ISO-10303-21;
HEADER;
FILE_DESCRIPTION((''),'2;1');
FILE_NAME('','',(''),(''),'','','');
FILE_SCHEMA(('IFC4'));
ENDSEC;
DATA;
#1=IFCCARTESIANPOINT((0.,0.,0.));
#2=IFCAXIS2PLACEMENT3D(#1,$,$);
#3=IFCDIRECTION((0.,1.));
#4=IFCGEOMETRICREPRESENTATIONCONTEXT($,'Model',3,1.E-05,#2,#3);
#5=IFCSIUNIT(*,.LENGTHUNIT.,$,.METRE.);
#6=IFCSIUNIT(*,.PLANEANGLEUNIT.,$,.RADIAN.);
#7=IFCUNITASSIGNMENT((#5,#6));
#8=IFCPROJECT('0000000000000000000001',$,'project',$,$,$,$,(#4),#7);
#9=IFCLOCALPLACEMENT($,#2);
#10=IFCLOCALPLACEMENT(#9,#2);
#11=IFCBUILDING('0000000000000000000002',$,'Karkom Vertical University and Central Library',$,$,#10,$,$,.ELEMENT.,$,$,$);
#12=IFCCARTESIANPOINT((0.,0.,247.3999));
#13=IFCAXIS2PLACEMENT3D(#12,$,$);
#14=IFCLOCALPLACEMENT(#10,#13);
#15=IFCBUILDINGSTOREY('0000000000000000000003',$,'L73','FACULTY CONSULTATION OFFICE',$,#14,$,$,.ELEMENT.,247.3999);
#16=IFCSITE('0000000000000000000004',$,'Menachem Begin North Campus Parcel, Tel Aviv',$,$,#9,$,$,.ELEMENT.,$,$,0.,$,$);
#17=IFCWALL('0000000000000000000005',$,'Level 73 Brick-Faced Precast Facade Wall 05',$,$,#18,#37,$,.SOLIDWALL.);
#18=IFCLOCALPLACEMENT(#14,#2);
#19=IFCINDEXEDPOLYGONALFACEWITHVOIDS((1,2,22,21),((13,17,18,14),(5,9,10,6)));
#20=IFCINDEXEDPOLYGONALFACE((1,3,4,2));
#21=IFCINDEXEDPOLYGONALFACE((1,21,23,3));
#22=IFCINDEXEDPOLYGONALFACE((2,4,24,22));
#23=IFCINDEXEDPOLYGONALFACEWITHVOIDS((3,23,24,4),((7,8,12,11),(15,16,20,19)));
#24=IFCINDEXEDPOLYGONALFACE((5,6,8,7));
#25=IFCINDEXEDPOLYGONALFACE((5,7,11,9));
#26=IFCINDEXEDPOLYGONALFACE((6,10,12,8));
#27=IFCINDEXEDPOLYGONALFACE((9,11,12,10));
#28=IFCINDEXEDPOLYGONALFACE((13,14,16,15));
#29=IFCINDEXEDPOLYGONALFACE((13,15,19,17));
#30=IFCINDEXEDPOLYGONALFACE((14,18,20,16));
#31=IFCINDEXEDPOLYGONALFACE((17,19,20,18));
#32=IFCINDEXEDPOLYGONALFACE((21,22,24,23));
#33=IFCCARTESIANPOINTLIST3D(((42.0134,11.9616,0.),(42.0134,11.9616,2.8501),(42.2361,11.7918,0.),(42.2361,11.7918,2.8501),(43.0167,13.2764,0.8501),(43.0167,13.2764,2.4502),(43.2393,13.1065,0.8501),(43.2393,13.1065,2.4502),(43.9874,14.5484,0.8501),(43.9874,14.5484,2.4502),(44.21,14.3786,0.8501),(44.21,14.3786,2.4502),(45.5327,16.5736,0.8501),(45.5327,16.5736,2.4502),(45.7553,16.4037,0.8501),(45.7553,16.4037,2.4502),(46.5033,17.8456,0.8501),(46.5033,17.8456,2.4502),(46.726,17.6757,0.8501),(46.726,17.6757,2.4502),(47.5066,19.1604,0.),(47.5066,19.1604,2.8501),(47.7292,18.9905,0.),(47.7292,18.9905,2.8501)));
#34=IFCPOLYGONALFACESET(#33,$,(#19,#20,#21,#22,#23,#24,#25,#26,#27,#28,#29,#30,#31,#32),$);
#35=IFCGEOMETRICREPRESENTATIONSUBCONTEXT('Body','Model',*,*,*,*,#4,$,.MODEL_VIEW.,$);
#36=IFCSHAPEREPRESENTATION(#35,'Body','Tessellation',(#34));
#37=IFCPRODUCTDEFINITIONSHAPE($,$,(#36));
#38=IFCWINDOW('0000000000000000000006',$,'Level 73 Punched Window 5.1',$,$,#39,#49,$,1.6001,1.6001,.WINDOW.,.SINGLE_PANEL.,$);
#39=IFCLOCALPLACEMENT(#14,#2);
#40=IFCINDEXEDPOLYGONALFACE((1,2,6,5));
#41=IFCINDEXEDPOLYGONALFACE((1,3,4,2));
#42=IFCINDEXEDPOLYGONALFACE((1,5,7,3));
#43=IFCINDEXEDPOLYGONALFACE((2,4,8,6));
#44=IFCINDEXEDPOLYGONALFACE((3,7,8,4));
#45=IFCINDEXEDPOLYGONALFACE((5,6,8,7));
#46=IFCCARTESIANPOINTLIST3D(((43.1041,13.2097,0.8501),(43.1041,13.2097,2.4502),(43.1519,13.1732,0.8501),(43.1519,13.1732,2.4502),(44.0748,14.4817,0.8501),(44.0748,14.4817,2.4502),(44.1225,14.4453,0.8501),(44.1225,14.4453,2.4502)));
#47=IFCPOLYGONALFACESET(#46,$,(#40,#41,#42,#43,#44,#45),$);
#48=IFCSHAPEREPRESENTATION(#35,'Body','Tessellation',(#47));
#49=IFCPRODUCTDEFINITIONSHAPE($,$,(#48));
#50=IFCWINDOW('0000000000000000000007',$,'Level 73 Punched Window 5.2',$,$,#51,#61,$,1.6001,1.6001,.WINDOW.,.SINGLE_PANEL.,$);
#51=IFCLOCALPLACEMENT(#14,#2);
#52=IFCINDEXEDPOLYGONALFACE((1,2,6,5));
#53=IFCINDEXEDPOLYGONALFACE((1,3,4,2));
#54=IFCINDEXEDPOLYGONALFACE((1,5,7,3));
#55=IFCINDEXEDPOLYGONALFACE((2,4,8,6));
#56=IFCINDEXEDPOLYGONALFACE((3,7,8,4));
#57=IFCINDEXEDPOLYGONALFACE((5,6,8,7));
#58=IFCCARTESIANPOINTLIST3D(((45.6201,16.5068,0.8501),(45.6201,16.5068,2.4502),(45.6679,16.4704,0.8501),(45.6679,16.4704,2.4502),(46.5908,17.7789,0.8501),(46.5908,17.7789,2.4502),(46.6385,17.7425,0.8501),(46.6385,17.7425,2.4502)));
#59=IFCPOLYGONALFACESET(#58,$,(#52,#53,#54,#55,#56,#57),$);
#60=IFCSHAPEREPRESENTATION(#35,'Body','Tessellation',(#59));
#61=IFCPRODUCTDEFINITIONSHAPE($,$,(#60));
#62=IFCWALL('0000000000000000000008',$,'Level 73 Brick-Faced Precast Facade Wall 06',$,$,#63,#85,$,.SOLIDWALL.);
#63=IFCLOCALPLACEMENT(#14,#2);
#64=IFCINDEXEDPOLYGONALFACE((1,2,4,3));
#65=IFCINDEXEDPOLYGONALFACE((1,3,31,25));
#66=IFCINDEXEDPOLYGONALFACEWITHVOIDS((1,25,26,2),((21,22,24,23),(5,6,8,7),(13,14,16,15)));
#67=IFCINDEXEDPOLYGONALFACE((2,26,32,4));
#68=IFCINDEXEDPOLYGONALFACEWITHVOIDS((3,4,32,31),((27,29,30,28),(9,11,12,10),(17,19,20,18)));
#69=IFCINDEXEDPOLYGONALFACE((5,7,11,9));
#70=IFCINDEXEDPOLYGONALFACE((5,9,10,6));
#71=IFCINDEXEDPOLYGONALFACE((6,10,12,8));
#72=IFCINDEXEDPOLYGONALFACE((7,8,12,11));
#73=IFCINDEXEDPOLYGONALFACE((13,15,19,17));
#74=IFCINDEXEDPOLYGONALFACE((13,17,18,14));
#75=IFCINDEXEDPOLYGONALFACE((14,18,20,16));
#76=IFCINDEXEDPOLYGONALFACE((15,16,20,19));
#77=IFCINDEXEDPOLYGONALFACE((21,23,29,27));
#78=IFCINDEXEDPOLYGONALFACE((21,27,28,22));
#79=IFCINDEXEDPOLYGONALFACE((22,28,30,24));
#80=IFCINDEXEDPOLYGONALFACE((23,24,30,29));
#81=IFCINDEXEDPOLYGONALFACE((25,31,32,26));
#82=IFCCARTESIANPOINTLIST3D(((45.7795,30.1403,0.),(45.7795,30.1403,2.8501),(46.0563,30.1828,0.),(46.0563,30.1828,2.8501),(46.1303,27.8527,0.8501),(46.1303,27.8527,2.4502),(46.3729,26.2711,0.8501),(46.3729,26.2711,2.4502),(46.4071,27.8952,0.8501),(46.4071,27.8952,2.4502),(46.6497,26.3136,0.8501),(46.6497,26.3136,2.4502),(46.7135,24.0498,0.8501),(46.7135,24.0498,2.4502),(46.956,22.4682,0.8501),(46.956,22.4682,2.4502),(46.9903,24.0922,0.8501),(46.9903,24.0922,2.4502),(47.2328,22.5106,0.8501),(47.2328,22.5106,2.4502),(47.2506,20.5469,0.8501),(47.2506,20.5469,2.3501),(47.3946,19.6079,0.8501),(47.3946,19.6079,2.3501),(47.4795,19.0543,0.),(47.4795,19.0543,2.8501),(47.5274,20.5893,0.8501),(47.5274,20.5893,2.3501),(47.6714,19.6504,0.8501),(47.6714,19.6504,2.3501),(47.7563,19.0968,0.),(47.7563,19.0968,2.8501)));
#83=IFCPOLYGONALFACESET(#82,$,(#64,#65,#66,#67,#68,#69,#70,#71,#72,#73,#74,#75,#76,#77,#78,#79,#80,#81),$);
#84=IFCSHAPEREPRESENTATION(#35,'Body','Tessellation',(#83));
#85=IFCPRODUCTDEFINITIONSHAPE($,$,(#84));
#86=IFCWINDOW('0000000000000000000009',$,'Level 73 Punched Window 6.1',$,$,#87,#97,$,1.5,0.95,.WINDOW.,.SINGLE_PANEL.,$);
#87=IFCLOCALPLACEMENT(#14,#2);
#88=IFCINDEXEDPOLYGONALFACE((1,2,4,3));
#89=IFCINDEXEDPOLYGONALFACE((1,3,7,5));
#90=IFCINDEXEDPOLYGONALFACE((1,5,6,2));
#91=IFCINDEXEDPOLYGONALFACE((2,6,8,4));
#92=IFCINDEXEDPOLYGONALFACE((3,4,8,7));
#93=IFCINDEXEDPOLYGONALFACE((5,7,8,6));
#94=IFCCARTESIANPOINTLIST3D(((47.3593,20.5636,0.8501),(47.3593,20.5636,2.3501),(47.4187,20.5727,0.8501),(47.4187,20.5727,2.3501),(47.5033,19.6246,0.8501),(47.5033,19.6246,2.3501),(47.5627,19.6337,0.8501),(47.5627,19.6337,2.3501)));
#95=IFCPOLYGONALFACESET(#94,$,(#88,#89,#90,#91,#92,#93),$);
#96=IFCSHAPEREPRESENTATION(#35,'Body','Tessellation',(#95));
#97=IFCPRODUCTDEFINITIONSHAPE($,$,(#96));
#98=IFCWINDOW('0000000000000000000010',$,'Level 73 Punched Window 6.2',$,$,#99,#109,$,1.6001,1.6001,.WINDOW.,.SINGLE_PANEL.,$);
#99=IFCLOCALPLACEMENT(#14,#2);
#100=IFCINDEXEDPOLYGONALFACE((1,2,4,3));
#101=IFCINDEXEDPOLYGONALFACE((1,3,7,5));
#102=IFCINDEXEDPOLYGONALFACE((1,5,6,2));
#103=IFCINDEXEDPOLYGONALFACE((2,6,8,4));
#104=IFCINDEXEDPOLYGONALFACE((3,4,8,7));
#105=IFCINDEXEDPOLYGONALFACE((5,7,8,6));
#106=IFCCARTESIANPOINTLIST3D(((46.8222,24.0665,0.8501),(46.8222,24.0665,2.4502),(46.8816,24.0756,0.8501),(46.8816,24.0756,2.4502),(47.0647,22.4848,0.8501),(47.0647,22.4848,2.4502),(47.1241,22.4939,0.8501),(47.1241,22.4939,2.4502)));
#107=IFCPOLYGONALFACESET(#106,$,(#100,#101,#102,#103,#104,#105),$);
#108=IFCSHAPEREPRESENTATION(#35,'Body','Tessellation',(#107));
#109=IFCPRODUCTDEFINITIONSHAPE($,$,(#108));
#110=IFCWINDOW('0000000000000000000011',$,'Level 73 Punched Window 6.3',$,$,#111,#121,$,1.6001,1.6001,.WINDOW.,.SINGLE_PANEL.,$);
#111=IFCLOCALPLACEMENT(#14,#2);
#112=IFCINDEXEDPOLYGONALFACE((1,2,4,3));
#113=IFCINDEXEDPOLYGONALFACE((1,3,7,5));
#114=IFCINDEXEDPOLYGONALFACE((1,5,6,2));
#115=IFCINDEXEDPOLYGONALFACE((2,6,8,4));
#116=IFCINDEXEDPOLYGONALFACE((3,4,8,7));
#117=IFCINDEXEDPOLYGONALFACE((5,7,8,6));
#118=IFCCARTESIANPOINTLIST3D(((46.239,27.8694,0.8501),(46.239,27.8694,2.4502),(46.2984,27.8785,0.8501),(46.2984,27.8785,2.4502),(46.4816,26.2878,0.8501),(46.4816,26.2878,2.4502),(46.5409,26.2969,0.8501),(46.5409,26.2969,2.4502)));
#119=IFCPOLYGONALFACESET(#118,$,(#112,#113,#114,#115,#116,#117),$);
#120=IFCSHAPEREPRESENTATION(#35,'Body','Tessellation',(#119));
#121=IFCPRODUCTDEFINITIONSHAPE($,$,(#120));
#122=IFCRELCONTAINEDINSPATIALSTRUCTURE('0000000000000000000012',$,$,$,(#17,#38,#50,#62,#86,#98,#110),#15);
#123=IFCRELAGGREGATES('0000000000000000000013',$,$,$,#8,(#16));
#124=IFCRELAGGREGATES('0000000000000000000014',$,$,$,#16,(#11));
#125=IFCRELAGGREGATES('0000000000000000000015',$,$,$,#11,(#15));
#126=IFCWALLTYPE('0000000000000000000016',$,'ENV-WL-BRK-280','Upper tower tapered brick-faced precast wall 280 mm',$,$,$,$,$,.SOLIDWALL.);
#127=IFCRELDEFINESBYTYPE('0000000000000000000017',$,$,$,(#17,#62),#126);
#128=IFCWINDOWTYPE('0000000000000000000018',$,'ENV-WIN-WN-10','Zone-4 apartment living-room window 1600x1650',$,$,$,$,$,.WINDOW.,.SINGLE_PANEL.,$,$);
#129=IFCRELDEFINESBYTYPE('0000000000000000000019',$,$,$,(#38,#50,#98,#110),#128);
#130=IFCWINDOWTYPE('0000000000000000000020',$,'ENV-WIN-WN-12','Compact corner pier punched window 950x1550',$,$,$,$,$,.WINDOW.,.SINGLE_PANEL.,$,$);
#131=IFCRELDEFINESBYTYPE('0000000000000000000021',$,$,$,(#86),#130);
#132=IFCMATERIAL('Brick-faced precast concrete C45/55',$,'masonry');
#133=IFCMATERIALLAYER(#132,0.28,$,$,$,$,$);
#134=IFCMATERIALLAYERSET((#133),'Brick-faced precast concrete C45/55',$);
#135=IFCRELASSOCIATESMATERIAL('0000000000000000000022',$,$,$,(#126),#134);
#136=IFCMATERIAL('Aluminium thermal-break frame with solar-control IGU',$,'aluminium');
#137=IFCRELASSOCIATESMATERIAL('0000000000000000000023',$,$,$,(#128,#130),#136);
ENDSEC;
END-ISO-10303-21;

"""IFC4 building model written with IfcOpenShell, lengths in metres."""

from ifc_helpers import new_model, si_unit, direction, frame, frame_2d, origin, origin_with_axes, place, context, subcontext, project, spatial, rectangle, extrude, source, transform, mapped, material, layer, layer_set, type_object, element, fill, save


model = new_model("IFC4")

# Units and contexts
model_context = context("Model", 3, precision=1e-05, world=origin(), true_north=direction((0.0, 1.0)))
body_context = subcontext(model_context, "Body", "Model", "MODEL_VIEW")
ifc_project = project(units=[si_unit("LENGTHUNIT", "METRE"), si_unit("PLANEANGLEUNIT", "RADIAN")], contexts=[model_context])

# Site, building, storey
site_placement = place(None, origin())
site = spatial("IfcSite", under=ifc_project, at=site_placement, Name="Menachem Begin North Campus Parcel, Tel Aviv", CompositionType="ELEMENT", RefElevation=0.0)
building_placement = place(site_placement, origin())
building = spatial("IfcBuilding", under=site, at=building_placement, Name="Karkom Vertical University and Central Library", CompositionType="ELEMENT")
storey_placement = place(building_placement, frame((0.0, 0.0, 247.3999)))
storey = spatial("IfcBuildingStorey", under=building, at=storey_placement, Name="L73", Description="FACULTY CONSULTATION OFFICE", CompositionType="ELEMENT", Elevation=247.3999)

# Walls, openings, windows
ifc_material_1 = material(Name="Brick-faced precast concrete C45/55", Category="masonry")
ifc_layer_1 = layer(ifc_material_1, 0.28)
ifc_layer_set_1 = layer_set([ifc_layer_1], Name="Brick-faced precast concrete C45/55")
wall_type_1 = type_object("IfcWallType", Name="ENV-WL-BRK-280", Description="Upper tower tapered brick-faced precast wall 280 mm", PredefinedType="SOLIDWALL", material=ifc_layer_set_1)
wall_1_placement = place(storey_placement, frame((42.1248, 11.8767, 0.0), z_axis=(0.0, 0.0, 1.0), x_axis=(0.606631, 0.794983, 0.0)))
wall_1 = element("IfcWall", 1, at=wall_1_placement, inside=storey, type_object=wall_type_1, Name="Level 73 Brick-Faced Precast Facade Wall 05", PredefinedType="SOLIDWALL", context=body_context, shape_type="SweptSolid", body=[
    extrude(rectangle(XDim=9.0552, YDim=0.28, at=frame_2d((4.5276, 0.0))), origin(), (0.0, 0.0, 1.0), 2.8501),
])
opening_1_placement = place(wall_1_placement, frame((1.6538, 0.0, 0.8501)))
opening_1 = element("IfcOpeningElement", 2, at=opening_1_placement, cuts=wall_1, PredefinedType="OPENING", context=body_context, shape_type="SweptSolid", body=[
    extrude(rectangle(XDim=1.6001, YDim=1.6001, at=frame_2d((0.8, 0.8))), frame((0.0, 0.1499, 0.0), z_axis=(0.0, -1.0, 0.0), x_axis=(1.0, 0.0, 0.0)), (0.0, 0.0, 1.0), 0.3),
])
opening_2_placement = place(wall_1_placement, frame((5.8013, 0.0, 0.8501)))
opening_2 = element("IfcOpeningElement", 3, at=opening_2_placement, cuts=wall_1, PredefinedType="OPENING", context=body_context, shape_type="SweptSolid", body=[
    extrude(rectangle(XDim=1.6001, YDim=1.6001, at=frame_2d((0.8, 0.8))), frame((0.0, 0.1499, 0.0), z_axis=(0.0, -1.0, 0.0), x_axis=(1.0, 0.0, 0.0)), (0.0, 0.0, 1.0), 0.3),
])
ifc_material_2 = material(Name="Aluminium thermal-break frame with solar-control IGU", Category="aluminium")
window_type_1 = type_object("IfcWindowType", Name="ENV-WIN-WN-10", Description="Zone-4 apartment living-room window 1600x1650", PartitioningType="SINGLE_PANEL", PredefinedType="WINDOW", material=ifc_material_2)
shared_shape_1 = source(origin_with_axes(), body_context, "Body", "SweptSolid", [
    extrude(rectangle(XDim=1.6001, YDim=1.6001, at=frame_2d((0.8, 0.8))), frame((0.0, 0.03, 0.0), z_axis=(0.0, -1.0, 0.0), x_axis=(1.0, 0.0, 0.0)), (0.0, 0.0, 1.0), 0.0601),
])
window_1_placement = place(opening_1_placement, origin())
window_1 = element("IfcWindow", 4, at=window_1_placement, inside=storey, type_object=window_type_1, Name="Level 73 Punched Window 5.1", OverallHeight=1.6001, OverallWidth=1.6001, PartitioningType="SINGLE_PANEL", PredefinedType="WINDOW", context=body_context, shape_type="MappedRepresentation", body=[
    mapped(shared_shape_1, transform((0.0, 0.0, 0.0), scale=1.0)),
])
fill(opening_1, window_1)
window_2_placement = place(opening_2_placement, origin())
window_2 = element("IfcWindow", 5, at=window_2_placement, inside=storey, type_object=window_type_1, Name="Level 73 Punched Window 5.2", OverallHeight=1.6001, OverallWidth=1.6001, PartitioningType="SINGLE_PANEL", PredefinedType="WINDOW", context=body_context, shape_type="MappedRepresentation", body=[
    mapped(shared_shape_1, transform((0.0, 0.0, 0.0), scale=1.0)),
])
fill(opening_2, window_2)
wall_2_placement = place(storey_placement, frame((47.6179, 19.0754, 0.0), z_axis=(0.0, 0.0, 1.0), x_axis=(-0.151571, 0.988446, 0.0)))
wall_2 = element("IfcWall", 6, at=wall_2_placement, inside=storey, type_object=wall_type_1, Name="Level 73 Brick-Faced Precast Facade Wall 06", PredefinedType="SOLIDWALL", context=body_context, shape_type="SweptSolid", body=[
    extrude(rectangle(XDim=11.2156, YDim=0.28, at=frame_2d((5.6079, 0.0))), origin(), (0.0, 0.0, 1.0), 2.8501),
])
opening_3_placement = place(wall_2_placement, frame((0.5601, 0.0, 0.8501)))
opening_3 = element("IfcOpeningElement", 7, at=opening_3_placement, cuts=wall_2, PredefinedType="OPENING", context=body_context, shape_type="SweptSolid", body=[
    extrude(rectangle(XDim=0.95, YDim=1.5, at=frame_2d((0.4751, 0.75))), frame((0.0, 0.1499, 0.0), z_axis=(0.0, -1.0, 0.0), x_axis=(1.0, 0.0, 0.0)), (0.0, 0.0, 1.0), 0.3),
])
opening_4_placement = place(wall_2_placement, frame((3.4539, 0.0, 0.8501)))
opening_4 = element("IfcOpeningElement", 8, at=opening_4_placement, cuts=wall_2, PredefinedType="OPENING", context=body_context, shape_type="SweptSolid", body=[
    extrude(rectangle(XDim=1.6001, YDim=1.6001, at=frame_2d((0.8, 0.8))), frame((0.0, 0.1499, 0.0), z_axis=(0.0, -1.0, 0.0), x_axis=(1.0, 0.0, 0.0)), (0.0, 0.0, 1.0), 0.3),
])
opening_5_placement = place(wall_2_placement, frame((7.3013, 0.0, 0.8501)))
opening_5 = element("IfcOpeningElement", 9, at=opening_5_placement, cuts=wall_2, PredefinedType="OPENING", context=body_context, shape_type="SweptSolid", body=[
    extrude(rectangle(XDim=1.6001, YDim=1.6001, at=frame_2d((0.8, 0.8))), frame((0.0, 0.1499, 0.0), z_axis=(0.0, -1.0, 0.0), x_axis=(1.0, 0.0, 0.0)), (0.0, 0.0, 1.0), 0.3),
])
window_type_2 = type_object("IfcWindowType", Name="ENV-WIN-WN-12", Description="Compact corner pier punched window 950x1550", PartitioningType="SINGLE_PANEL", PredefinedType="WINDOW", material=ifc_material_2)
shared_shape_2 = source(origin_with_axes(), body_context, "Body", "SweptSolid", [
    extrude(rectangle(XDim=0.95, YDim=1.5, at=frame_2d((0.4751, 0.75))), frame((0.0, 0.03, 0.0), z_axis=(0.0, -1.0, 0.0), x_axis=(1.0, 0.0, 0.0)), (0.0, 0.0, 1.0), 0.0601),
])
window_3_placement = place(opening_3_placement, origin())
window_3 = element("IfcWindow", 10, at=window_3_placement, inside=storey, type_object=window_type_2, Name="Level 73 Punched Window 6.1", OverallHeight=1.5, OverallWidth=0.95, PartitioningType="SINGLE_PANEL", PredefinedType="WINDOW", context=body_context, shape_type="MappedRepresentation", body=[
    mapped(shared_shape_2, transform((0.0, 0.0, 0.0), scale=1.0)),
])
fill(opening_3, window_3)
window_4_placement = place(opening_4_placement, origin())
window_4 = element("IfcWindow", 11, at=window_4_placement, inside=storey, type_object=window_type_1, Name="Level 73 Punched Window 6.2", OverallHeight=1.6001, OverallWidth=1.6001, PartitioningType="SINGLE_PANEL", PredefinedType="WINDOW", context=body_context, shape_type="MappedRepresentation", body=[
    mapped(shared_shape_1, transform((0.0, 0.0, 0.0), scale=1.0)),
])
fill(opening_4, window_4)
window_5_placement = place(opening_5_placement, origin())
window_5 = element("IfcWindow", 12, at=window_5_placement, inside=storey, type_object=window_type_1, Name="Level 73 Punched Window 6.3", OverallHeight=1.6001, OverallWidth=1.6001, PartitioningType="SINGLE_PANEL", PredefinedType="WINDOW", context=body_context, shape_type="MappedRepresentation", body=[
    mapped(shared_shape_1, transform((0.0, 0.0, 0.0), scale=1.0)),
])
fill(opening_5, window_5)

save(model, "model.ifc")
